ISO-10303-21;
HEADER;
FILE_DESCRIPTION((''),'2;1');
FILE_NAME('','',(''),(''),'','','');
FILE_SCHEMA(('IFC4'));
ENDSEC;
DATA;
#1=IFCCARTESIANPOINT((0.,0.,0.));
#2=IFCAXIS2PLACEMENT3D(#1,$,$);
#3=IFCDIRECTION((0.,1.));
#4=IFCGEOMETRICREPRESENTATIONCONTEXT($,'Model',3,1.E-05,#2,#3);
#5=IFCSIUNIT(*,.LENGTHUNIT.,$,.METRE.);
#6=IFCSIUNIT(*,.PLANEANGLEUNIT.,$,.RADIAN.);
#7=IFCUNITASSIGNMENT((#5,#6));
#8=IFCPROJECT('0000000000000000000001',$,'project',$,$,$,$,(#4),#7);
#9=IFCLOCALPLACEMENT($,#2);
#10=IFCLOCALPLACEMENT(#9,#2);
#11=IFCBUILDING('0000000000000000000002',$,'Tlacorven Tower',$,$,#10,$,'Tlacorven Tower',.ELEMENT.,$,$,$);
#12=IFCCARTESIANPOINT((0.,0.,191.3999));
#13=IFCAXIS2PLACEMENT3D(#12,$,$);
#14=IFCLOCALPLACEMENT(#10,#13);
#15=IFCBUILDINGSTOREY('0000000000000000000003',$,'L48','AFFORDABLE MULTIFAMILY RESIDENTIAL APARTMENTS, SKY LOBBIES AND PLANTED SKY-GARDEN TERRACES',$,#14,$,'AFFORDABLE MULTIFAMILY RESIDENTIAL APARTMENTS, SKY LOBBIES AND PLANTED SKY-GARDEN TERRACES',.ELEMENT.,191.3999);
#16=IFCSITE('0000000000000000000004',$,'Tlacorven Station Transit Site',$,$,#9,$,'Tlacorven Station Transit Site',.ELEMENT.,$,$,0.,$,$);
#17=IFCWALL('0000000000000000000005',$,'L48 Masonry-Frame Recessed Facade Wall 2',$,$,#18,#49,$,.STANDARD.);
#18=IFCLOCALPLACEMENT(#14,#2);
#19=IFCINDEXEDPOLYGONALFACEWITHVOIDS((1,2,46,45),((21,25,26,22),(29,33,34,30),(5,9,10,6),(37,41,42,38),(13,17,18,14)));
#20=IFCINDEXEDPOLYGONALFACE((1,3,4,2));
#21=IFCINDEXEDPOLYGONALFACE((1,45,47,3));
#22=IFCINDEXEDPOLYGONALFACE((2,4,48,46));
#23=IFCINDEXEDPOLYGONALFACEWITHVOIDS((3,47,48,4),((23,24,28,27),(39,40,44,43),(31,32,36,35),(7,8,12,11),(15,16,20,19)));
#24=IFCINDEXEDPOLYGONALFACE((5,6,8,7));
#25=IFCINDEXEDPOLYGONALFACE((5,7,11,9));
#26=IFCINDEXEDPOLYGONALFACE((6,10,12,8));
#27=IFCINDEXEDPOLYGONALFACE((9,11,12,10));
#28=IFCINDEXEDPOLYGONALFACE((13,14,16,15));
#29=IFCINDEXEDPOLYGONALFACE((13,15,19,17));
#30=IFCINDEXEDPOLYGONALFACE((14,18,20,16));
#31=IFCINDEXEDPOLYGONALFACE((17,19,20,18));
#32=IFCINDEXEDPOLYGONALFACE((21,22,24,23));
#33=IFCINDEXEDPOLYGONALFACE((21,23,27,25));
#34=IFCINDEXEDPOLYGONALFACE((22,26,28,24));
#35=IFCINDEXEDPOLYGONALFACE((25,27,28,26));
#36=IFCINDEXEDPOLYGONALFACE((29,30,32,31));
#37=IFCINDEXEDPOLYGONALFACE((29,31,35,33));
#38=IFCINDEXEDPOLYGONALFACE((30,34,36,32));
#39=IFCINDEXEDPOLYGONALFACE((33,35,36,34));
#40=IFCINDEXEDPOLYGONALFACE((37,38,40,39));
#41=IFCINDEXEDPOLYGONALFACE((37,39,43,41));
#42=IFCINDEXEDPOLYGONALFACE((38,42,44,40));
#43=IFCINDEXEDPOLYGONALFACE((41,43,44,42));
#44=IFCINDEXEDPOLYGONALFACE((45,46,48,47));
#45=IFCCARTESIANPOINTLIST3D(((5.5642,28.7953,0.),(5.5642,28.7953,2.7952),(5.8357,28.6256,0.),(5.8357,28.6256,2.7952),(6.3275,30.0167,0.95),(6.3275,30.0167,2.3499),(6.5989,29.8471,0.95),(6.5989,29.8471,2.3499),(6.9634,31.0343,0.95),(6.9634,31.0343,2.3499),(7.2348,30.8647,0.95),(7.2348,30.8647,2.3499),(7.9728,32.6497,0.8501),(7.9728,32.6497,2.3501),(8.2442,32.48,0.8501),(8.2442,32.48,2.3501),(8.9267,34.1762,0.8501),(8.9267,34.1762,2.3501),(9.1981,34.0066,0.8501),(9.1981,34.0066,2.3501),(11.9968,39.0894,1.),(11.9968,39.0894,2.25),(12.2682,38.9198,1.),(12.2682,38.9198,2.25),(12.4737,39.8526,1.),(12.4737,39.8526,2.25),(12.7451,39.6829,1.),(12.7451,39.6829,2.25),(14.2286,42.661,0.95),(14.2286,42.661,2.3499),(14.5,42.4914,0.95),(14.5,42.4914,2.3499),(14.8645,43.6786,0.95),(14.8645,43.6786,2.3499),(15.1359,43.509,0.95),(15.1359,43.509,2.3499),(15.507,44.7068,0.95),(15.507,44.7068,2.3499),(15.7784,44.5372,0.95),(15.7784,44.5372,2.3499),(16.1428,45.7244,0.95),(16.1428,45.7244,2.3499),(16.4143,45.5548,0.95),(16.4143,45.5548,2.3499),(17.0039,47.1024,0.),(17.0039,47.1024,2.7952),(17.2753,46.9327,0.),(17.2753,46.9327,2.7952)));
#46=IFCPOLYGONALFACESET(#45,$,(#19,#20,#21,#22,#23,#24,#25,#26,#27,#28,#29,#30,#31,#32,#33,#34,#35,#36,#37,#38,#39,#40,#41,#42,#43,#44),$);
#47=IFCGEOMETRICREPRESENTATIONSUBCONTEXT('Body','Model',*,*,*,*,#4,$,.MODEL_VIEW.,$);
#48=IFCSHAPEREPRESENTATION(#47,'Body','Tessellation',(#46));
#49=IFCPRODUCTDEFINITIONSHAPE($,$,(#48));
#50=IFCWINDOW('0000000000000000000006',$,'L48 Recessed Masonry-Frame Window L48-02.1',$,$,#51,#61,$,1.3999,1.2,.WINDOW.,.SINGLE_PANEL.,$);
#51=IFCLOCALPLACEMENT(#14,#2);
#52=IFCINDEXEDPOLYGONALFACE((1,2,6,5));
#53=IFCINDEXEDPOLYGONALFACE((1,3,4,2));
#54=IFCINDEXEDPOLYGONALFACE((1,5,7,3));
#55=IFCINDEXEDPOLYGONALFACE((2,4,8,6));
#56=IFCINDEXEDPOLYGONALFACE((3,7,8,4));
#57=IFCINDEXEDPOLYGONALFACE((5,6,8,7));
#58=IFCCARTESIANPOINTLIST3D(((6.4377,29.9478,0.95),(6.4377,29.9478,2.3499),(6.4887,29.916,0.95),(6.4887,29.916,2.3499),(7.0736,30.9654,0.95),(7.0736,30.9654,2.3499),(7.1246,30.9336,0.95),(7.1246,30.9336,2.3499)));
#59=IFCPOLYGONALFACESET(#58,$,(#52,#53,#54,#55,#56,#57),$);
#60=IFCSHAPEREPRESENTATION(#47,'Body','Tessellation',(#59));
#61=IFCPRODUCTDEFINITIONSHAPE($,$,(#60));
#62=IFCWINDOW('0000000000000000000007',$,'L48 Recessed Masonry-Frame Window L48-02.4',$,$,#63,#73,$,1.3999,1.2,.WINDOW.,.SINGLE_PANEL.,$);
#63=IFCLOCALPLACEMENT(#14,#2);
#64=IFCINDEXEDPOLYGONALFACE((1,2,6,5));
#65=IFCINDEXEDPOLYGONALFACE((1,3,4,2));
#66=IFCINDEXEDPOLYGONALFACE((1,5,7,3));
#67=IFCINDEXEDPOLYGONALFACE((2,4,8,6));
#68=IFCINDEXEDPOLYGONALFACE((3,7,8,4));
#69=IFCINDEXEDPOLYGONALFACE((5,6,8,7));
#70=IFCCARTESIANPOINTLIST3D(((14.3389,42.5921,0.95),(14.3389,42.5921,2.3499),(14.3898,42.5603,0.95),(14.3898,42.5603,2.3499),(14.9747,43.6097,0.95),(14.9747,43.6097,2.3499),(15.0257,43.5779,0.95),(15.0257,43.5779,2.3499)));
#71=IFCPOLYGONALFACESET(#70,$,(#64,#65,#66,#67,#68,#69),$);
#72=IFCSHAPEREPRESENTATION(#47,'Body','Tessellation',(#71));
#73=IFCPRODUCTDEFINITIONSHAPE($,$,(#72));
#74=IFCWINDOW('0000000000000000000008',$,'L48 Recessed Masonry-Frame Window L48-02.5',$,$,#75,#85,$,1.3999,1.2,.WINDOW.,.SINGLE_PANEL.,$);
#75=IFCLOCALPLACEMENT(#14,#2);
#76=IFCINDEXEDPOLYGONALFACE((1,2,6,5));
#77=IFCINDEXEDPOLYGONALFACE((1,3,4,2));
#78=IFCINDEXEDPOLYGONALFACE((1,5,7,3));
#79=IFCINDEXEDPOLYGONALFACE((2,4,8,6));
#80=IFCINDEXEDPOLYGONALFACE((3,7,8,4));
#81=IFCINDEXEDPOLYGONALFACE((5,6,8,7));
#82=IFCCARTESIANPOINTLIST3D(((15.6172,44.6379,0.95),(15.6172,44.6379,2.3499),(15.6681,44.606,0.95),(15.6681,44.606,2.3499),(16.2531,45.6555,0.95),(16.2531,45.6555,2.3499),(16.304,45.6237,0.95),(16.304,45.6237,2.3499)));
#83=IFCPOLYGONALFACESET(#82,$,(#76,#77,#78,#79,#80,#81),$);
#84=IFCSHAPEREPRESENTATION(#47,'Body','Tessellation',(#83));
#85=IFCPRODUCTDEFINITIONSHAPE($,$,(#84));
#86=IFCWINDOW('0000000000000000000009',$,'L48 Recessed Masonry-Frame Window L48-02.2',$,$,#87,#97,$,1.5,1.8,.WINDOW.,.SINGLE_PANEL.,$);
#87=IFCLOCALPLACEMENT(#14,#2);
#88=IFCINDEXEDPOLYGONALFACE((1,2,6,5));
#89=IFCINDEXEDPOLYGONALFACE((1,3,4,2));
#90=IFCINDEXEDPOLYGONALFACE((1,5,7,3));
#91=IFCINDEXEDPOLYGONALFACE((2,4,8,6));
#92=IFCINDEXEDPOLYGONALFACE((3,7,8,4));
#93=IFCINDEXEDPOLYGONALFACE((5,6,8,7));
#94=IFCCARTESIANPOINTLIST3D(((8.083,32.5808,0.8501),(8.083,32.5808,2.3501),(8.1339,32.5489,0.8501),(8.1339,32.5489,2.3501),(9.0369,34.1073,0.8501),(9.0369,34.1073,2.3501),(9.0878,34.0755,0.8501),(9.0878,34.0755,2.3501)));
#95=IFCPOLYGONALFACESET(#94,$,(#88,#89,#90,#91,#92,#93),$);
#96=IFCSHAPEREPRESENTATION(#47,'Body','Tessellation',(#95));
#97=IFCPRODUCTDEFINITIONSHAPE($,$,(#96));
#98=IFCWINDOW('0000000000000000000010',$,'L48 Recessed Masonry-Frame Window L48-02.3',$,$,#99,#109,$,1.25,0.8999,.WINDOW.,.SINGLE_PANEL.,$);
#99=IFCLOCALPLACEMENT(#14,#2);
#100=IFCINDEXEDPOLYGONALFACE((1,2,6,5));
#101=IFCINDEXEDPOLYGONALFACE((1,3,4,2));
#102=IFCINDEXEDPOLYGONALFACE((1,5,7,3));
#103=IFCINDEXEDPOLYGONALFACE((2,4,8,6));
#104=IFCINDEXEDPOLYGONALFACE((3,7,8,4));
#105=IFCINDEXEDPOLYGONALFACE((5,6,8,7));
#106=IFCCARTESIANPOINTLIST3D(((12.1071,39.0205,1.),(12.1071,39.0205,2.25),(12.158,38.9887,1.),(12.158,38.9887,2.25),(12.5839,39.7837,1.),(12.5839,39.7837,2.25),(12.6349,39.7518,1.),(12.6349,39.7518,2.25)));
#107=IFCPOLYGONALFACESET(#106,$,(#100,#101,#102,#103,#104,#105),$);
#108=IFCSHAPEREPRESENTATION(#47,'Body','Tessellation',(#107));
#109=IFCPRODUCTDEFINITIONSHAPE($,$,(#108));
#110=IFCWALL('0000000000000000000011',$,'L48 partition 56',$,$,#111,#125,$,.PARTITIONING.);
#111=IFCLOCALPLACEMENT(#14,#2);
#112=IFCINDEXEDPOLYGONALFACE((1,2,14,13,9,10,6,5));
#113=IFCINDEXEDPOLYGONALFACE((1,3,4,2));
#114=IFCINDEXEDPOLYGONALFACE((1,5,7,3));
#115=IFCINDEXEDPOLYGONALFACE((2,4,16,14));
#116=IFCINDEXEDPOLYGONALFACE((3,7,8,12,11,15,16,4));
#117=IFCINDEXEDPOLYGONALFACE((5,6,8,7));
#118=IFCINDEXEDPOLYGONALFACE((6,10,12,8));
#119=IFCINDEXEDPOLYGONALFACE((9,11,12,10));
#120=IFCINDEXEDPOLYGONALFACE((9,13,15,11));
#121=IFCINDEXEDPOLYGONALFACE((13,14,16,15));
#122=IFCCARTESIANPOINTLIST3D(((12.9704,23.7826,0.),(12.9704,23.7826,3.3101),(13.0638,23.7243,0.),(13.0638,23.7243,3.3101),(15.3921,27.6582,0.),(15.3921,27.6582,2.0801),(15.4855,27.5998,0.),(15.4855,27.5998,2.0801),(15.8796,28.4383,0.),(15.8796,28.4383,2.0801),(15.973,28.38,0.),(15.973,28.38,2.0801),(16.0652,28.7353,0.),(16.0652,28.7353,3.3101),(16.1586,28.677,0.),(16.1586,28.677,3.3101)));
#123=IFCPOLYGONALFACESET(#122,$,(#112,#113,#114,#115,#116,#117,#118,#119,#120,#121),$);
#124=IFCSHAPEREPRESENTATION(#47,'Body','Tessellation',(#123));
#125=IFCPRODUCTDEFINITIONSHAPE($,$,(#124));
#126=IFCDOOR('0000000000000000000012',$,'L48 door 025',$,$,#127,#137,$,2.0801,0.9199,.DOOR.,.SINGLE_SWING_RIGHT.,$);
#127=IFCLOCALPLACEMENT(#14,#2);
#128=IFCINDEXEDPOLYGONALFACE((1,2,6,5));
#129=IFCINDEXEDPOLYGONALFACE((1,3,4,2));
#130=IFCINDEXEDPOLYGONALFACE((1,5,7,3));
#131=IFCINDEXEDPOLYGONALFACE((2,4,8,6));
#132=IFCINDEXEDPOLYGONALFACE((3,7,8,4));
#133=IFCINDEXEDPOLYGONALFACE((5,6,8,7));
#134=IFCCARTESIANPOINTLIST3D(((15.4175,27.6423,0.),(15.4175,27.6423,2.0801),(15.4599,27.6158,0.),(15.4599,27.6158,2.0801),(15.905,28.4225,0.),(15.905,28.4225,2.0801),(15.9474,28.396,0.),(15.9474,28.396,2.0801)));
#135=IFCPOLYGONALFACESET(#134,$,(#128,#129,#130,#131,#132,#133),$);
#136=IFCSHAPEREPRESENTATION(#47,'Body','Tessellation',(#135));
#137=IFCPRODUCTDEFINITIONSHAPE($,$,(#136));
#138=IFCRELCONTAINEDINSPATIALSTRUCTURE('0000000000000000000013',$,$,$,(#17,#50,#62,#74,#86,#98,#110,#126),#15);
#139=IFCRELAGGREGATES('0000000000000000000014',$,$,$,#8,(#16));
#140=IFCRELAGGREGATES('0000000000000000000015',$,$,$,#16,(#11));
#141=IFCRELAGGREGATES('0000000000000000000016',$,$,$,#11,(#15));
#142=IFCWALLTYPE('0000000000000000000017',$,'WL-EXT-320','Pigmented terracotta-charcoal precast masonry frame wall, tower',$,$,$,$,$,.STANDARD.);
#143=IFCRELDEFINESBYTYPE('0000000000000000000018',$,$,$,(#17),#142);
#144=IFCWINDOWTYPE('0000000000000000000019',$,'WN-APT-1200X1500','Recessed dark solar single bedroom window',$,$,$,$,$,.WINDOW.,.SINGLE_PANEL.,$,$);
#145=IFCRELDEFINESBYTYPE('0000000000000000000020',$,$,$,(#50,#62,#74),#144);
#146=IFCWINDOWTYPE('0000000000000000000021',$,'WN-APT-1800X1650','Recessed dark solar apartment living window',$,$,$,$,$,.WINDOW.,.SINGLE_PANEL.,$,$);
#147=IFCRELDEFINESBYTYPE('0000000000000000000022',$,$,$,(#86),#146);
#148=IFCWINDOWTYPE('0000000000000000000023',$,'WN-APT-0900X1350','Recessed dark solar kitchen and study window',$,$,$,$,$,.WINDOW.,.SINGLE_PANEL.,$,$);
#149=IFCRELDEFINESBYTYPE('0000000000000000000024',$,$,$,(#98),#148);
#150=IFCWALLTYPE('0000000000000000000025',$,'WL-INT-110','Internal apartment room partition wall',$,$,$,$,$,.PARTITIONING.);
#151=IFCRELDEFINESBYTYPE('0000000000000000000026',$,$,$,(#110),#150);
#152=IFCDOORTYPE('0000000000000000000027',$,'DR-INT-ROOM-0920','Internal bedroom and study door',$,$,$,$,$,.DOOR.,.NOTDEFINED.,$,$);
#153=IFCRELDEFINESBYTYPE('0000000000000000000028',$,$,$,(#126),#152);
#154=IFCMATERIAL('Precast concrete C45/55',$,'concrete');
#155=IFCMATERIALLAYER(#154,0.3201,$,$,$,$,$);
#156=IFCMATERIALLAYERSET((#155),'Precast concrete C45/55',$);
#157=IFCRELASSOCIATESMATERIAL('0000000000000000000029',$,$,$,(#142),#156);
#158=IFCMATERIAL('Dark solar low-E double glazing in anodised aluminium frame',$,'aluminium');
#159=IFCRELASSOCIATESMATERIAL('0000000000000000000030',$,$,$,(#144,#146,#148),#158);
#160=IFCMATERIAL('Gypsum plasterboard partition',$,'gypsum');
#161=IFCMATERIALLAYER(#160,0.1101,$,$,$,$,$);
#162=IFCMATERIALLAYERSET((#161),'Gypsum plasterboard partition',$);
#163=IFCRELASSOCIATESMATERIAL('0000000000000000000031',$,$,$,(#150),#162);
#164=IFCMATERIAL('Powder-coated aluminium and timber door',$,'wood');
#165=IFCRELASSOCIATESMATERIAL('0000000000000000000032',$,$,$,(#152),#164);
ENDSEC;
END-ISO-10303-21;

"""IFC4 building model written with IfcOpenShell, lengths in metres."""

from ifc_helpers import new_model, si_unit, direction, frame, frame_2d, origin, place, context, subcontext, project, spatial, rectangle, extrude, source, transform, mapped, material, layer, layer_set, type_object, element, fill, save


model = new_model("IFC4")

# Units and contexts
model_context = context("Model", 3, precision=1e-05, world=origin(), true_north=direction((0.0, 1.0)))
body_context = subcontext(model_context, "Body", "Model", "MODEL_VIEW")
ifc_project = project(units=[si_unit("LENGTHUNIT", "METRE"), si_unit("PLANEANGLEUNIT", "RADIAN")], contexts=[model_context])

# Site, building, storey
site_placement = place(None, origin())
site = spatial("IfcSite", under=ifc_project, at=site_placement, Name="Tlacorven Station Transit Site", LongName="Tlacorven Station Transit Site", CompositionType="ELEMENT", RefElevation=0.0)
building_placement = place(site_placement, origin())
building = spatial("IfcBuilding", under=site, at=building_placement, Name="Tlacorven Tower", LongName="Tlacorven Tower", CompositionType="ELEMENT")
storey_placement = place(building_placement, frame((0.0, 0.0, 191.3999)))
storey = spatial("IfcBuildingStorey", under=building, at=storey_placement, Name="L48", Description="AFFORDABLE MULTIFAMILY RESIDENTIAL APARTMENTS, SKY LOBBIES AND PLANTED SKY-GARDEN TERRACES", LongName="AFFORDABLE MULTIFAMILY RESIDENTIAL APARTMENTS, SKY LOBBIES AND PLANTED SKY-GARDEN TERRACES", CompositionType="ELEMENT", Elevation=191.3999)

# Wall, openings, windows
ifc_material_1 = material(Name="Precast concrete C45/55", Category="concrete")
ifc_layer_1 = layer(ifc_material_1, 0.3201)
ifc_layer_set_1 = layer_set([ifc_layer_1], Name="Precast concrete C45/55")
wall_type_1 = type_object("IfcWallType", Name="WL-EXT-320", Description="Pigmented terracotta-charcoal precast masonry frame wall, tower", PredefinedType="STANDARD", material=ifc_layer_set_1)
wall_1_placement = place(storey_placement, frame((5.7, 28.7104, 0.0), z_axis=(0.0, 0.0, 1.0), x_axis=(0.529924, 0.848045, 0.0)))
wall_1 = element("IfcWall", 1, at=wall_1_placement, inside=storey, type_object=wall_type_1, Name="L48 Masonry-Frame Recessed Facade Wall 2", PredefinedType="STANDARD", context=body_context, shape_type="SweptSolid", body=[
    extrude(rectangle(XDim=21.5874, YDim=0.3201, at=frame_2d((10.7937, 0.0))), origin(), (0.0, 0.0, 1.0), 2.7952),
])
opening_1_placement = place(wall_1_placement, frame((1.4402, 0.0, 0.95)))
opening_1 = element("IfcOpeningElement", 2, at=opening_1_placement, cuts=wall_1, PredefinedType="OPENING", context=body_context, shape_type="SweptSolid", body=[
    extrude(rectangle(XDim=1.2, YDim=1.3999, at=frame_2d((0.6001, 0.7))), frame((0.0, 0.1699, 0.0), z_axis=(0.0, -1.0, 0.0), x_axis=(1.0, 0.0, 0.0)), (0.0, 0.0, 1.0), 0.3401),
])
opening_2_placement = place(wall_1_placement, frame((4.5452, 0.0, 0.8501)))
opening_2 = element("IfcOpeningElement", 3, at=opening_2_placement, cuts=wall_1, PredefinedType="OPENING", context=body_context, shape_type="SweptSolid", body=[
    extrude(rectangle(XDim=1.8, YDim=1.5, at=frame_2d((0.8999, 0.75))), frame((0.0, 0.1699, 0.0), z_axis=(0.0, -1.0, 0.0), x_axis=(1.0, 0.0, 0.0)), (0.0, 0.0, 1.0), 0.3401),
])
opening_3_placement = place(wall_1_placement, frame((12.1387, 0.0, 1.0)))
opening_3 = element("IfcOpeningElement", 4, at=opening_3_placement, cuts=wall_1, PredefinedType="OPENING", context=body_context, shape_type="SweptSolid", body=[
    extrude(rectangle(XDim=0.8999, YDim=1.25, at=frame_2d((0.45, 0.625))), frame((0.0, 0.1699, 0.0), z_axis=(0.0, -1.0, 0.0), x_axis=(1.0, 0.0, 0.0)), (0.0, 0.0, 1.0), 0.3401),
])
opening_4_placement = place(wall_1_placement, frame((16.3501, 0.0, 0.95)))
opening_4 = element("IfcOpeningElement", 5, at=opening_4_placement, cuts=wall_1, PredefinedType="OPENING", context=body_context, shape_type="SweptSolid", body=[
    extrude(rectangle(XDim=1.2, YDim=1.3999, at=frame_2d((0.6001, 0.7))), frame((0.0, 0.1699, 0.0), z_axis=(0.0, -1.0, 0.0), x_axis=(1.0, 0.0, 0.0)), (0.0, 0.0, 1.0), 0.3401),
])
opening_5_placement = place(wall_1_placement, frame((18.7625, 0.0, 0.95)))
opening_5 = element("IfcOpeningElement", 6, at=opening_5_placement, cuts=wall_1, PredefinedType="OPENING", context=body_context, shape_type="SweptSolid", body=[
    extrude(rectangle(XDim=1.2, YDim=1.3999, at=frame_2d((0.6001, 0.7))), frame((0.0, 0.1699, 0.0), z_axis=(0.0, -1.0, 0.0), x_axis=(1.0, 0.0, 0.0)), (0.0, 0.0, 1.0), 0.3401),
])
ifc_material_2 = material(Name="Dark solar low-E double glazing in anodised aluminium frame", Category="aluminium")
window_type_1 = type_object("IfcWindowType", Name="WN-APT-1200X1500", Description="Recessed dark solar single bedroom window", PartitioningType="SINGLE_PANEL", PredefinedType="WINDOW", material=ifc_material_2)
shared_shape_1 = source(origin(), body_context, "Body", "SweptSolid", [
    extrude(rectangle(XDim=1.2, YDim=1.3999, at=frame_2d((0.6001, 0.7))), frame((0.0, 0.03, 0.0), z_axis=(0.0, -1.0, 0.0), x_axis=(1.0, 0.0, 0.0)), (0.0, 0.0, 1.0), 0.0601),
])
window_1_placement = place(opening_1_placement, origin())
window_1 = element("IfcWindow", 7, at=window_1_placement, inside=storey, type_object=window_type_1, Name="L48 Recessed Masonry-Frame Window L48-02.1", OverallHeight=1.3999, OverallWidth=1.2, PartitioningType="SINGLE_PANEL", PredefinedType="WINDOW", context=body_context, shape_type="MappedRepresentation", body=[
    mapped(shared_shape_1, transform((0.0, 0.0, 0.0), scale=1.0)),
])
fill(opening_1, window_1)
window_2_placement = place(opening_4_placement, origin())
window_2 = element("IfcWindow", 8, at=window_2_placement, inside=storey, type_object=window_type_1, Name="L48 Recessed Masonry-Frame Window L48-02.4", OverallHeight=1.3999, OverallWidth=1.2, PartitioningType="SINGLE_PANEL", PredefinedType="WINDOW", context=body_context, shape_type="MappedRepresentation", body=[
    mapped(shared_shape_1, transform((0.0, 0.0, 0.0), scale=1.0)),
])
fill(opening_4, window_2)
window_3_placement = place(opening_5_placement, origin())
window_3 = element("IfcWindow", 9, at=window_3_placement, inside=storey, type_object=window_type_1, Name="L48 Recessed Masonry-Frame Window L48-02.5", OverallHeight=1.3999, OverallWidth=1.2, PartitioningType="SINGLE_PANEL", PredefinedType="WINDOW", context=body_context, shape_type="MappedRepresentation", body=[
    mapped(shared_shape_1, transform((0.0, 0.0, 0.0), scale=1.0)),
])
fill(opening_5, window_3)
window_type_2 = type_object("IfcWindowType", Name="WN-APT-1800X1650", Description="Recessed dark solar apartment living window", PartitioningType="SINGLE_PANEL", PredefinedType="WINDOW", material=ifc_material_2)
shared_shape_2 = source(origin(), body_context, "Body", "SweptSolid", [
    extrude(rectangle(XDim=1.8, YDim=1.5, at=frame_2d((0.8999, 0.75))), frame((0.0, 0.03, 0.0), z_axis=(0.0, -1.0, 0.0), x_axis=(1.0, 0.0, 0.0)), (0.0, 0.0, 1.0), 0.0601),
])
window_4_placement = place(opening_2_placement, origin())
window_4 = element("IfcWindow", 10, at=window_4_placement, inside=storey, type_object=window_type_2, Name="L48 Recessed Masonry-Frame Window L48-02.2", OverallHeight=1.5, OverallWidth=1.8, PartitioningType="SINGLE_PANEL", PredefinedType="WINDOW", context=body_context, shape_type="MappedRepresentation", body=[
    mapped(shared_shape_2, transform((0.0, 0.0, 0.0), scale=1.0)),
])
fill(opening_2, window_4)
window_type_3 = type_object("IfcWindowType", Name="WN-APT-0900X1350", Description="Recessed dark solar kitchen and study window", PartitioningType="SINGLE_PANEL", PredefinedType="WINDOW", material=ifc_material_2)
shared_shape_3 = source(origin(), body_context, "Body", "SweptSolid", [
    extrude(rectangle(XDim=0.8999, YDim=1.25, at=frame_2d((0.45, 0.625))), frame((0.0, 0.03, 0.0), z_axis=(0.0, -1.0, 0.0), x_axis=(1.0, 0.0, 0.0)), (0.0, 0.0, 1.0), 0.0601),
])
window_5_placement = place(opening_3_placement, origin())
window_5 = element("IfcWindow", 11, at=window_5_placement, inside=storey, type_object=window_type_3, Name="L48 Recessed Masonry-Frame Window L48-02.3", OverallHeight=1.25, OverallWidth=0.8999, PartitioningType="SINGLE_PANEL", PredefinedType="WINDOW", context=body_context, shape_type="MappedRepresentation", body=[
    mapped(shared_shape_3, transform((0.0, 0.0, 0.0), scale=1.0)),
])
fill(opening_3, window_5)

# Wall, opening, door
ifc_material_3 = material(Name="Gypsum plasterboard partition", Category="gypsum")
ifc_layer_2 = layer(ifc_material_3, 0.1101)
ifc_layer_set_2 = layer_set([ifc_layer_2], Name="Gypsum plasterboard partition")
wall_type_2 = type_object("IfcWallType", Name="WL-INT-110", Description="Internal apartment room partition wall", PredefinedType="PARTITIONING", material=ifc_layer_set_2)
wall_2_placement = place(storey_placement, frame((16.1118, 28.7061, 0.0), z_axis=(0.0, 0.0, 1.0), x_axis=(-0.529916, -0.84805, 0.0)))
wall_2 = element("IfcWall", 12, at=wall_2_placement, inside=storey, type_object=wall_type_2, Name="L48 partition 56", PredefinedType="PARTITIONING", context=body_context, shape_type="SweptSolid", body=[
    extrude(rectangle(XDim=5.8401, YDim=0.1101, at=frame_2d((2.9199, 0.0))), origin(), (0.0, 0.0, 1.0), 3.3101),
])
opening_6_placement = place(wall_2_placement, frame((0.3501, 0.0, 0.0)))
opening_6 = element("IfcOpeningElement", 13, at=opening_6_placement, cuts=wall_2, PredefinedType="OPENING", context=body_context, shape_type="SweptSolid", body=[
    extrude(rectangle(XDim=0.9199, YDim=2.0801, at=frame_2d((0.46, 1.04))), frame((0.0, 0.0649, 0.0), z_axis=(0.0, -1.0, 0.0), x_axis=(1.0, 0.0, 0.0)), (0.0, 0.0, 1.0), 0.1301),
])
ifc_material_4 = material(Name="Powder-coated aluminium and timber door", Category="wood")
door_type_1 = type_object("IfcDoorType", Name="DR-INT-ROOM-0920", Description="Internal bedroom and study door", OperationType="NOTDEFINED", PredefinedType="DOOR", material=ifc_material_4)
shared_shape_4 = source(origin(), body_context, "Body", "SweptSolid", [
    extrude(rectangle(XDim=0.9199, YDim=2.0801, at=frame_2d((0.46, 1.04))), frame((0.0, 0.0249, 0.0), z_axis=(0.0, -1.0, 0.0), x_axis=(1.0, 0.0, 0.0)), (0.0, 0.0, 1.0), 0.05),
])
door_1_placement = place(opening_6_placement, origin())
door_1 = element("IfcDoor", 14, at=door_1_placement, inside=storey, type_object=door_type_1, Name="L48 door 025", OperationType="SINGLE_SWING_RIGHT", OverallHeight=2.0801, OverallWidth=0.9199, PredefinedType="DOOR", context=body_context, shape_type="MappedRepresentation", body=[
    mapped(shared_shape_4, transform((0.0, 0.0, 0.0), scale=1.0)),
])
fill(opening_6, door_1)

save(model, "model.ifc")
